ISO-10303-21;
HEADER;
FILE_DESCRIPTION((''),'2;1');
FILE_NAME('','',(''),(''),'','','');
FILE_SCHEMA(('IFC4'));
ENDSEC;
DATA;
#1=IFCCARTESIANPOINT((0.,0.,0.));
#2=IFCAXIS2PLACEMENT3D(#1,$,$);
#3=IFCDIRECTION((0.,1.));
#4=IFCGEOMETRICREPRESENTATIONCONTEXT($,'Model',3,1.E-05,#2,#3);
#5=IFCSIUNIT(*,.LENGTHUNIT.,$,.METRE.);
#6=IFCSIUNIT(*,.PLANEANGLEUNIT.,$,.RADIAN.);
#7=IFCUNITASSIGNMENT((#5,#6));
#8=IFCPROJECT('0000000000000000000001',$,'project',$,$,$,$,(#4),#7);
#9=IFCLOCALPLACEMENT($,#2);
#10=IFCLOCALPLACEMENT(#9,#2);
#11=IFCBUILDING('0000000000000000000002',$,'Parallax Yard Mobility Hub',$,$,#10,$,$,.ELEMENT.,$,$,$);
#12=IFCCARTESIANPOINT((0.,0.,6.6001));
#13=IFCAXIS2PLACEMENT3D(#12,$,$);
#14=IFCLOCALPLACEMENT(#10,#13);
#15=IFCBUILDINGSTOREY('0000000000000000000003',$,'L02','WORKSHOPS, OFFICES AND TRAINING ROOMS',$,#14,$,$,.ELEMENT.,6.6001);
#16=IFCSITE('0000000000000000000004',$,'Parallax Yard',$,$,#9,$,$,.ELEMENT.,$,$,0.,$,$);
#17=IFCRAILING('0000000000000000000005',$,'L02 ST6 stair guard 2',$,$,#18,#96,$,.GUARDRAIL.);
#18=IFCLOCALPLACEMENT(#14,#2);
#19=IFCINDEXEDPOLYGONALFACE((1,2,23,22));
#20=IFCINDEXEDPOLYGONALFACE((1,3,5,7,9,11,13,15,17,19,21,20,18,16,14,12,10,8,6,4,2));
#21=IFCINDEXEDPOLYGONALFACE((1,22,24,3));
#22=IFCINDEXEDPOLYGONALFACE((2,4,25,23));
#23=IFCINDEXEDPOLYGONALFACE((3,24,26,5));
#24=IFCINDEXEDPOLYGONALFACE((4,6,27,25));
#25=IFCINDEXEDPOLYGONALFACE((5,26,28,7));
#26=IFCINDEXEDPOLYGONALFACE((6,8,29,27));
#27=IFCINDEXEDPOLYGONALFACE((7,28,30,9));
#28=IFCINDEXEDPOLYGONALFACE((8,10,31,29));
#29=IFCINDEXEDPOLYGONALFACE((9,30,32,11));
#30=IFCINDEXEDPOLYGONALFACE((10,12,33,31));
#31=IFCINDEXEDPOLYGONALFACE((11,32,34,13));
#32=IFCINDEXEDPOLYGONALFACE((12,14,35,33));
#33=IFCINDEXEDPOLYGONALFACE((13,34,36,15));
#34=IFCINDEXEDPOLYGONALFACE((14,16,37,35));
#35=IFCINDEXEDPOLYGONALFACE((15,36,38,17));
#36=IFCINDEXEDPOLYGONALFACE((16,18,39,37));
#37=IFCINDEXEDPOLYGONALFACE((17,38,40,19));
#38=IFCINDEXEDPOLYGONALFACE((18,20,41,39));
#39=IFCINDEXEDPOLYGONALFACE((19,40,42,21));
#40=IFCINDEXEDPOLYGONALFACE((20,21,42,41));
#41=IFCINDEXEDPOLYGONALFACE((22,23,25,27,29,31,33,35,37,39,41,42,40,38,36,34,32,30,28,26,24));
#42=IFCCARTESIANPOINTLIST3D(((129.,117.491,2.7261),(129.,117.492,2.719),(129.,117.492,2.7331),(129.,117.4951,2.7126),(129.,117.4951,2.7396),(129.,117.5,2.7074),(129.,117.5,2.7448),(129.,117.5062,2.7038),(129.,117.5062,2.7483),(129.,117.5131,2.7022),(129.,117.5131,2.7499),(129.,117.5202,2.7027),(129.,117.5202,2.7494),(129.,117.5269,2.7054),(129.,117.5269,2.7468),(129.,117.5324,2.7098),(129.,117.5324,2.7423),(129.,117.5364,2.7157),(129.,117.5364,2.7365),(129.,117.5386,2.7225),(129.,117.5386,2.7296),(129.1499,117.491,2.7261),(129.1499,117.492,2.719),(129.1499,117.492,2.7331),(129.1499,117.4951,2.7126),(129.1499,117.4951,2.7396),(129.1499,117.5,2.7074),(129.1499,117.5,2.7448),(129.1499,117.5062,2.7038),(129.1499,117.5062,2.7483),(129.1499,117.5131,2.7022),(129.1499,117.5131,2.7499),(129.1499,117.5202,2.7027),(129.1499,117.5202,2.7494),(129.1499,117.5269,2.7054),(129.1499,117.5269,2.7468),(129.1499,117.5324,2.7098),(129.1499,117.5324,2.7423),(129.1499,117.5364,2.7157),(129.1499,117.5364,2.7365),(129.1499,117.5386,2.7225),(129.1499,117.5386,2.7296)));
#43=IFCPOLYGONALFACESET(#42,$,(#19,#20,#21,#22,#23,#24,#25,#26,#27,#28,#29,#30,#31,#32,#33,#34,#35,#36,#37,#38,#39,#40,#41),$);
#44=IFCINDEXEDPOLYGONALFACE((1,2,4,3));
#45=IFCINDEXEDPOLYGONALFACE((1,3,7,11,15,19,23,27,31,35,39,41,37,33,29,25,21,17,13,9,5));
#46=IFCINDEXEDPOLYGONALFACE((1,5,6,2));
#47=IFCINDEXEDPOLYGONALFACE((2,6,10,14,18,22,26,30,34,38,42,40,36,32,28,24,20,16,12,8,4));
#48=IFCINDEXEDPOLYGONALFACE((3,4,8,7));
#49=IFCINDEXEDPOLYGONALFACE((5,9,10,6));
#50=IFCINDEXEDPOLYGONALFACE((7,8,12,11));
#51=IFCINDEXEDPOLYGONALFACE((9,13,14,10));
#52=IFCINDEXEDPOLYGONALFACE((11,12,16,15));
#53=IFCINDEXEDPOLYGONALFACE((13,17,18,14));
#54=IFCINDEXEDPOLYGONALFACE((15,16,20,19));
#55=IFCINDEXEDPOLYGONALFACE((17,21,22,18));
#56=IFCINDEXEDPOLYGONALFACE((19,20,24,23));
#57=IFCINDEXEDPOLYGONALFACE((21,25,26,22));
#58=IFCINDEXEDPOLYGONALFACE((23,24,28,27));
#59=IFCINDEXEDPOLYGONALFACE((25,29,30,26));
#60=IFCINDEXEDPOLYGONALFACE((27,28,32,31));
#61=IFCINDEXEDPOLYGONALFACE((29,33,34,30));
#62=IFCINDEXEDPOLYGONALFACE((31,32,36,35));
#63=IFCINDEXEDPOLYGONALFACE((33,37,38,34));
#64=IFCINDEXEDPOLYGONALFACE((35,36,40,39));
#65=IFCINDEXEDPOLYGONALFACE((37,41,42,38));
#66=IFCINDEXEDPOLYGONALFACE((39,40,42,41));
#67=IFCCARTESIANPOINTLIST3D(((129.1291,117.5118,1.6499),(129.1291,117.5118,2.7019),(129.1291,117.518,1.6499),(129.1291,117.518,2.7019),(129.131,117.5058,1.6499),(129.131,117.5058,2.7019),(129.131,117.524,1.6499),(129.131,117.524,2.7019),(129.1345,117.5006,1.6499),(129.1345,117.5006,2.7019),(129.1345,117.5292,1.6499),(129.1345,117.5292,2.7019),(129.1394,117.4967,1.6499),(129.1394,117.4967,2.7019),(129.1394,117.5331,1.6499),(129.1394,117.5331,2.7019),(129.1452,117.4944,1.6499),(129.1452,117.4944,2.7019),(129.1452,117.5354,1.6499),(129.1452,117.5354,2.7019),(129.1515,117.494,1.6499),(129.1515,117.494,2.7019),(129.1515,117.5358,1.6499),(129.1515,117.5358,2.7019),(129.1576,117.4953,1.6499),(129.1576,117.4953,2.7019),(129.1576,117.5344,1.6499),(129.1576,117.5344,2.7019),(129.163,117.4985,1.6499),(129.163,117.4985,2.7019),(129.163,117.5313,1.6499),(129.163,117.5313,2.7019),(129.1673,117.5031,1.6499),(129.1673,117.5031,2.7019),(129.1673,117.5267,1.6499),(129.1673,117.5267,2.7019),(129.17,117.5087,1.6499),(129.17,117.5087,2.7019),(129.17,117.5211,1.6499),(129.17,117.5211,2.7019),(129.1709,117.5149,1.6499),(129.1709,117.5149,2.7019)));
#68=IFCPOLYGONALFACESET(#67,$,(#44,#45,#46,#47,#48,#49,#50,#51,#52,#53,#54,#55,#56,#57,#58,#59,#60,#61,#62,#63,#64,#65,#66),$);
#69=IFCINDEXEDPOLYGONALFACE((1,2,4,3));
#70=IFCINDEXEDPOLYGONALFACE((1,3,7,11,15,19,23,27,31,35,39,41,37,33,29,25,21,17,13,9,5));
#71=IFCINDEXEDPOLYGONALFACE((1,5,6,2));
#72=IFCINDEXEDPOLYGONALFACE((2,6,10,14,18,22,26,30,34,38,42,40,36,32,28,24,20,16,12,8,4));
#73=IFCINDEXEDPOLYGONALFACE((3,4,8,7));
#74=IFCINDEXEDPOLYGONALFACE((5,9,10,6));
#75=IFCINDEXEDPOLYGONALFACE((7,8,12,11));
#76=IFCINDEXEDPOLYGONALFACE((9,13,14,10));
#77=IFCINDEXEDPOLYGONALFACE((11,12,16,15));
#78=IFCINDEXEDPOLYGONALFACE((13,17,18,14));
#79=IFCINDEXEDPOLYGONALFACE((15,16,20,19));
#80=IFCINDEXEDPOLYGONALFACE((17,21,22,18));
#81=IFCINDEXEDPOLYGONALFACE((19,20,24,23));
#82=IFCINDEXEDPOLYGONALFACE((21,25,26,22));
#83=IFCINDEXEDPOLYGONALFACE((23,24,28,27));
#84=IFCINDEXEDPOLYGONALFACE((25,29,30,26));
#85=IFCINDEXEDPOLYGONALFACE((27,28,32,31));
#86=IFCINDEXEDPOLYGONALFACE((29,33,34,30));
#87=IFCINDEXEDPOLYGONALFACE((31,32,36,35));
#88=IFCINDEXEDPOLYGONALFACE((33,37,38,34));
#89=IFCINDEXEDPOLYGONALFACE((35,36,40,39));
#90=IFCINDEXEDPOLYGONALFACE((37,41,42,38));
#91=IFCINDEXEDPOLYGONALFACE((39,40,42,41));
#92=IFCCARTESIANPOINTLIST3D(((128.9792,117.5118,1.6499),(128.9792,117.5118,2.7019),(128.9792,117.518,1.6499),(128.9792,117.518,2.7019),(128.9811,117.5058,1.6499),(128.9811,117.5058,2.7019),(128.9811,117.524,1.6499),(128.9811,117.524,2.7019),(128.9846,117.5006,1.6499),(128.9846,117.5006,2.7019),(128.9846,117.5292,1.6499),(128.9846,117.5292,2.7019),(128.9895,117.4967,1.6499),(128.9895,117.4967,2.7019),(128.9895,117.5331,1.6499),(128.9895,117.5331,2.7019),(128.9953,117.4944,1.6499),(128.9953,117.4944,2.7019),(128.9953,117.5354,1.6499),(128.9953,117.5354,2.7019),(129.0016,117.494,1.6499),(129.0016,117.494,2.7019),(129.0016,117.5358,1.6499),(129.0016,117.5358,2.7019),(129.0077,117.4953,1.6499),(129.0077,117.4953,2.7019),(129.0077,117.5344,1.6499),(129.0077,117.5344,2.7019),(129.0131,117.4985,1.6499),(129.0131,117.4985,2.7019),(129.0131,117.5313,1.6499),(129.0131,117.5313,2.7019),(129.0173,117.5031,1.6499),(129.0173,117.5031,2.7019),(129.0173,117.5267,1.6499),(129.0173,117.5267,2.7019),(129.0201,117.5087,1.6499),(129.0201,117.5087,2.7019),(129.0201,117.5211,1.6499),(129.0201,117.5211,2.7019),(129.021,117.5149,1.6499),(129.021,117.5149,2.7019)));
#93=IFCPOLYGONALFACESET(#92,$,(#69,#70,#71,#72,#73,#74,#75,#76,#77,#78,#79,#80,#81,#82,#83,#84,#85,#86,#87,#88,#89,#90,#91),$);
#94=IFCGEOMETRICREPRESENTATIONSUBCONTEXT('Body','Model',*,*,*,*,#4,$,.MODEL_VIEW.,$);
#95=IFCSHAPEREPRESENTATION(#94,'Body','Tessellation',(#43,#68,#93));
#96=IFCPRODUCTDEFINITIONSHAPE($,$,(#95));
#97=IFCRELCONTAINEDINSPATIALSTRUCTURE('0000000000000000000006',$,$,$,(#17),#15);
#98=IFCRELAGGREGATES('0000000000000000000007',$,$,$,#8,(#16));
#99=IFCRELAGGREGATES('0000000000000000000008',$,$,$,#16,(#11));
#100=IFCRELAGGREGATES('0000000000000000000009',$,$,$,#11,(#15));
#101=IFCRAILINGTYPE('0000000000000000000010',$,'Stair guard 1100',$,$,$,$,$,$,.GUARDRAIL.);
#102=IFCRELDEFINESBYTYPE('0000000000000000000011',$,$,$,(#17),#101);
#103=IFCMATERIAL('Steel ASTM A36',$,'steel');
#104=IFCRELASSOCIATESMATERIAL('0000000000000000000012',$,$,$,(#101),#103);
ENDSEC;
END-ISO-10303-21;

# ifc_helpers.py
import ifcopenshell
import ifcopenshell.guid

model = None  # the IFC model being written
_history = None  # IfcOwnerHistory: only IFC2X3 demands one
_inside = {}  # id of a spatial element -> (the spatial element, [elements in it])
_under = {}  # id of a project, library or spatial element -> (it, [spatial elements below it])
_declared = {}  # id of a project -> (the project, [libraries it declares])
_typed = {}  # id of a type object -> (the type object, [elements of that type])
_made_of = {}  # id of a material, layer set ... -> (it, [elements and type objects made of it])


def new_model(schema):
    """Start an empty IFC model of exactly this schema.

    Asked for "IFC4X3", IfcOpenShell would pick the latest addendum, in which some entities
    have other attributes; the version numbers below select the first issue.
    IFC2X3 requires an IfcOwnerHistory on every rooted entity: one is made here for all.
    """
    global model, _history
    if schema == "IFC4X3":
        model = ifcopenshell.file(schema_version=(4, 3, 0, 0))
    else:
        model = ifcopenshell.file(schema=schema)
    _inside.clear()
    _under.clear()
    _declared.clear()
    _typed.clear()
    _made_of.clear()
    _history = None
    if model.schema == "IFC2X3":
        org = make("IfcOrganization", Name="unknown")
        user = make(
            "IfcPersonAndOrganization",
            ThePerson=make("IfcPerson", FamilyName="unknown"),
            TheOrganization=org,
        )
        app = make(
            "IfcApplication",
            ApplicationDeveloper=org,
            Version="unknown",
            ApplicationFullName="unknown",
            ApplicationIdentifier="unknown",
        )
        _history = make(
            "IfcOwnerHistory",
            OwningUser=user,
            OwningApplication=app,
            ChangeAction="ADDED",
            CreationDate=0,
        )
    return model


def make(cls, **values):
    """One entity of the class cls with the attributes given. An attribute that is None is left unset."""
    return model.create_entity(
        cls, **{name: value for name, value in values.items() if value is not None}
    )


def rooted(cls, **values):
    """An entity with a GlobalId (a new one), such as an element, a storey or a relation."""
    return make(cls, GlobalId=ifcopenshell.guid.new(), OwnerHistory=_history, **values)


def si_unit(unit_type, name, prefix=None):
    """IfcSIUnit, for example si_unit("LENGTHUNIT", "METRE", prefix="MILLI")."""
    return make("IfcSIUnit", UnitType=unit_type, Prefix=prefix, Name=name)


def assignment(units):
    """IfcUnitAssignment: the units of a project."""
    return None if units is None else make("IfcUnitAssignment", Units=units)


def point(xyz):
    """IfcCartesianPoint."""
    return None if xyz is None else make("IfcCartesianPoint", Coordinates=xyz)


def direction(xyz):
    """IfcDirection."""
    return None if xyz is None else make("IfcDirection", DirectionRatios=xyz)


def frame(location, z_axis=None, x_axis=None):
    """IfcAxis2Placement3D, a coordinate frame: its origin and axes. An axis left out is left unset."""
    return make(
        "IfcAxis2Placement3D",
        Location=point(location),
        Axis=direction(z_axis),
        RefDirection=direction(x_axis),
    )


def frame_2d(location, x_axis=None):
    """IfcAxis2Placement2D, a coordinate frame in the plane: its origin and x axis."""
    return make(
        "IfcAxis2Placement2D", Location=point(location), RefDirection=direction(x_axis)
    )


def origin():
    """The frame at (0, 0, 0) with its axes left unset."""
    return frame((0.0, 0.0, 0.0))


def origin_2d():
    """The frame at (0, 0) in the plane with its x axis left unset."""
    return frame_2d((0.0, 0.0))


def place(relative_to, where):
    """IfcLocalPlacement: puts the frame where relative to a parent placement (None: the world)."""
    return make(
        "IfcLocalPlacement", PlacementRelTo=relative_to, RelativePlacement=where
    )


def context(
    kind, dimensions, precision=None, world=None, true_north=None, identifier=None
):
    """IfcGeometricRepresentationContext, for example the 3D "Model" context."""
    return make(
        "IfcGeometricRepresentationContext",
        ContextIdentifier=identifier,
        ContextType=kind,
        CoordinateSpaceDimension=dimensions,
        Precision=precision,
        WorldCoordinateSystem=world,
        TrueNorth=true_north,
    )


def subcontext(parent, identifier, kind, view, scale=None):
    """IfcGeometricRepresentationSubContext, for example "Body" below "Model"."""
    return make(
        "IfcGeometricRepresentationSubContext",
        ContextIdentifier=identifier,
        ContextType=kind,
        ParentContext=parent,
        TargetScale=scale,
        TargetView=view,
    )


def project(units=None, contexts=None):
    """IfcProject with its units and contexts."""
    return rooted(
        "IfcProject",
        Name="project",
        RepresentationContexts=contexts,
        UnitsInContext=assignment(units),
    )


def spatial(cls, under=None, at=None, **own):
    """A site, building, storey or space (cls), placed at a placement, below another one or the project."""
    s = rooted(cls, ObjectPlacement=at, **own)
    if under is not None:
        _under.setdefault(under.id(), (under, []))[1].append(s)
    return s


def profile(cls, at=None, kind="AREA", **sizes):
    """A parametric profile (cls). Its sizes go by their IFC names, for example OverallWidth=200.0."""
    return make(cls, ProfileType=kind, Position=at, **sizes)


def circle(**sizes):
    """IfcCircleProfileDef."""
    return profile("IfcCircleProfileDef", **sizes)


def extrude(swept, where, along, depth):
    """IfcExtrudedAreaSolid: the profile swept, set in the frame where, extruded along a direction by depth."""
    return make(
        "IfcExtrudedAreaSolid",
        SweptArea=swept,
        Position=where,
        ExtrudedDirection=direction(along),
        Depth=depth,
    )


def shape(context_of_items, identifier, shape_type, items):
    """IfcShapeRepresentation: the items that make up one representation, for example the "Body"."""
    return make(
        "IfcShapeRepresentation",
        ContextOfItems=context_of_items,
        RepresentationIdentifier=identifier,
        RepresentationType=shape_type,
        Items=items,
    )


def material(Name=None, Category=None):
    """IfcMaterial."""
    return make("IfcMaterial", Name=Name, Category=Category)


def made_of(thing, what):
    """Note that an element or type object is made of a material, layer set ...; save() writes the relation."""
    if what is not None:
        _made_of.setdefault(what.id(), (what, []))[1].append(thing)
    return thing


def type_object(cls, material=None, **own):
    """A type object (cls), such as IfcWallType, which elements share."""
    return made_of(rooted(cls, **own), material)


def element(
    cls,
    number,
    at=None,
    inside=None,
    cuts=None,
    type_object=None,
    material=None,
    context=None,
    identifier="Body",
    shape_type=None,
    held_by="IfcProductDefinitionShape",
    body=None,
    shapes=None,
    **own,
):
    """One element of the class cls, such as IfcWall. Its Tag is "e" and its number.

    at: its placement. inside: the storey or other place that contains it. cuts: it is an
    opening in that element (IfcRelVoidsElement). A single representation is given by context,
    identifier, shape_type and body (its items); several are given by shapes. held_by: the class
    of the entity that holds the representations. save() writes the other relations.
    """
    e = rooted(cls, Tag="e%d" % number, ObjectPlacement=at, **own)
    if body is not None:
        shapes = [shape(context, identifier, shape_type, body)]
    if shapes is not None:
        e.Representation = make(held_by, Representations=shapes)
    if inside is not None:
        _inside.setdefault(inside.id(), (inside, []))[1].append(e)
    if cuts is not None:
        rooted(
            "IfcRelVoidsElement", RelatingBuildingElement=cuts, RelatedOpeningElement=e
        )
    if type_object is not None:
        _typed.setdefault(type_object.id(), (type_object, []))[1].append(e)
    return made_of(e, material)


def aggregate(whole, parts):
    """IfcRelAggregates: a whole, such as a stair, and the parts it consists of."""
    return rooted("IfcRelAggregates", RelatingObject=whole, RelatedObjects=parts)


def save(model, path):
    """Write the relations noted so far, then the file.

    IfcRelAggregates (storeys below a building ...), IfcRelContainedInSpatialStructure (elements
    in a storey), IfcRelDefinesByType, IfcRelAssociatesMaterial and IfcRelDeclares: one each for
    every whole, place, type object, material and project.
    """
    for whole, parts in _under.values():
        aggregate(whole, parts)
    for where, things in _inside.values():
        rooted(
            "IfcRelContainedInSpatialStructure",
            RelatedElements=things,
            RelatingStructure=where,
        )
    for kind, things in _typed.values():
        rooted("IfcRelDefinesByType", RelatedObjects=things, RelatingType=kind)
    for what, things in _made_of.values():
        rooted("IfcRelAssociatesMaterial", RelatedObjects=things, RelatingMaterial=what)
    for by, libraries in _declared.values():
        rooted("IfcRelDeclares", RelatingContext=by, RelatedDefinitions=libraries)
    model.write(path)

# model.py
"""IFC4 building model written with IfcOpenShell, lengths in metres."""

from ifc_helpers import new_model, si_unit, direction, frame, origin, origin_2d, place, context, subcontext, project, spatial, circle, extrude, material, type_object, element, save


model = new_model("IFC4")

# Units and contexts
model_context = context("Model", 3, precision=1e-05, world=origin(), true_north=direction((0.0, 1.0)))
body_context = subcontext(model_context, "Body", "Model", "MODEL_VIEW")
ifc_project = project(units=[si_unit("LENGTHUNIT", "METRE"), si_unit("PLANEANGLEUNIT", "RADIAN")], contexts=[model_context])

# Site, building, storey
site_placement = place(None, origin())
site = spatial("IfcSite", under=ifc_project, at=site_placement, Name="Parallax Yard", CompositionType="ELEMENT", RefElevation=0.0)
building_placement = place(site_placement, origin())
building = spatial("IfcBuilding", under=site, at=building_placement, Name="Parallax Yard Mobility Hub", CompositionType="ELEMENT")
storey_placement = place(building_placement, frame((0.0, 0.0, 6.6001)))
storey = spatial("IfcBuildingStorey", under=building, at=storey_placement, Name="L02", Description="WORKSHOPS, OFFICES AND TRAINING ROOMS", CompositionType="ELEMENT", Elevation=6.6001)

# Railing
ifc_material_1 = material(Name="Steel ASTM A36", Category="steel")
railing_type_1 = type_object("IfcRailingType", Name="Stair guard 1100", PredefinedType="GUARDRAIL", material=ifc_material_1)
railing_1_placement = place(storey_placement, frame((129.1499, 117.5149, 1.6499)))
element("IfcRailing", 1, at=railing_1_placement, inside=storey, type_object=railing_type_1, Name="L02 ST6 stair guard 2", PredefinedType="GUARDRAIL", context=body_context, shape_type="SweptSolid", body=[
    extrude(circle(Radius=0.0239, at=origin_2d()), frame((0.0, 0.0, 1.0762), z_axis=(-1.0, 0.0, 0.0), x_axis=(0.0, -1.0, 0.0)), (0.0, 0.0, 1.0), 0.1499),
    extrude(circle(Radius=0.021, at=origin_2d()), origin(), (0.0, 0.0, 1.0), 1.052),
    extrude(circle(Radius=0.021, at=origin_2d()), frame((-0.1499, 0.0, 0.0)), (0.0, 0.0, 1.0), 1.052),
])

save(model, "model.ifc")
